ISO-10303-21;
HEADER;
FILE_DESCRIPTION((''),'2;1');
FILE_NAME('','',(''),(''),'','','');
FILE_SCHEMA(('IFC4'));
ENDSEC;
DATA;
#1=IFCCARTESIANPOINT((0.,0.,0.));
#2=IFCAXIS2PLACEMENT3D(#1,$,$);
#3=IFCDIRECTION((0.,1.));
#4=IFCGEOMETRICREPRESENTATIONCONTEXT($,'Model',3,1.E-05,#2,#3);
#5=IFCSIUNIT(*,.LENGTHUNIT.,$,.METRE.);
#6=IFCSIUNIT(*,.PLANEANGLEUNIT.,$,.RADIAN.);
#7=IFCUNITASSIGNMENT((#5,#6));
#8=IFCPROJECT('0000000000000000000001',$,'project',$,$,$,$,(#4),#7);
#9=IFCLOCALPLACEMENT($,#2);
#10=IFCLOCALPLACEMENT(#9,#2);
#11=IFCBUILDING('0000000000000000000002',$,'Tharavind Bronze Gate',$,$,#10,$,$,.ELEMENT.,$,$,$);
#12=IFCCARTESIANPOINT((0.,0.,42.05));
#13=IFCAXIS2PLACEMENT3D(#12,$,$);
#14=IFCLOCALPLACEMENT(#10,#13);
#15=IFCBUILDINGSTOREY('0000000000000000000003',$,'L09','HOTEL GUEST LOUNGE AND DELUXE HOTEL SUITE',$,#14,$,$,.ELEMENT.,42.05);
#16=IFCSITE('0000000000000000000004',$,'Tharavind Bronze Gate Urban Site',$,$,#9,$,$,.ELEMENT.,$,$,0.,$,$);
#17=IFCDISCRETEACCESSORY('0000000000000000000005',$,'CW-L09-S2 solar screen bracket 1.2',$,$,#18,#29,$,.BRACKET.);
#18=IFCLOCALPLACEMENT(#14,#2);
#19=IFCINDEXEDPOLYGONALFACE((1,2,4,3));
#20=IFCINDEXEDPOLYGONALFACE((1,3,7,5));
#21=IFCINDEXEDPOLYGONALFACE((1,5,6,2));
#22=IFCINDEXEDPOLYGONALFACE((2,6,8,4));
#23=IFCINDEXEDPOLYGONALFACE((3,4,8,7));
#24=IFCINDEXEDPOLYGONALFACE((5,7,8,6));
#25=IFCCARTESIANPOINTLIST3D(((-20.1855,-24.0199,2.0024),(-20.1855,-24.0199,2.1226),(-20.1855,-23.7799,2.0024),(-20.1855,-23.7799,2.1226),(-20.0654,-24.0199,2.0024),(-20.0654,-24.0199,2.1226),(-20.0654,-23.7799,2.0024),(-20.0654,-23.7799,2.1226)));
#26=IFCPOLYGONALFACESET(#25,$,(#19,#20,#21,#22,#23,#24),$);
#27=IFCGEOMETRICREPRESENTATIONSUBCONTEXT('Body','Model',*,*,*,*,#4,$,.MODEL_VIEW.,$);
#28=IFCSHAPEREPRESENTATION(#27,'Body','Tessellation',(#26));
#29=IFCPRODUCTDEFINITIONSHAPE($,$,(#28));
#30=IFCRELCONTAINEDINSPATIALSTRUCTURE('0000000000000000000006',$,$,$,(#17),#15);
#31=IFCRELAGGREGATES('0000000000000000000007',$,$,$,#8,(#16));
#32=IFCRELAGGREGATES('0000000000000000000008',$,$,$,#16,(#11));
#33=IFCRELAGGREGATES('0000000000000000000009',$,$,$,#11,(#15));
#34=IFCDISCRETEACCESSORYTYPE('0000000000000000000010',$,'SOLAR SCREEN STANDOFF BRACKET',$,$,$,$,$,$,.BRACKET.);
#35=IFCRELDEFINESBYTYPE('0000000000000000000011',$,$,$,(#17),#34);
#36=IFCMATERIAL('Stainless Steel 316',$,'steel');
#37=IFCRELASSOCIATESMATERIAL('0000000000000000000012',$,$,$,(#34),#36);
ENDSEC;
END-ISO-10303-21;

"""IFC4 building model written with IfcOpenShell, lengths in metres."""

from ifc_helpers import new_model, si_unit, direction, frame, origin, origin_2d, place, context, subcontext, project, spatial, rectangle, extrude, material, type_object, element, save


model = new_model("IFC4")

# Units and contexts
model_context = context("Model", 3, precision=1e-05, world=origin(), true_north=direction((0.0, 1.0)))
body_context = subcontext(model_context, "Body", "Model", "MODEL_VIEW")
ifc_project = project(units=[si_unit("LENGTHUNIT", "METRE"), si_unit("PLANEANGLEUNIT", "RADIAN")], contexts=[model_context])

# Site, building, storey
site_placement = place(None, origin())
site = spatial("IfcSite", under=ifc_project, at=site_placement, Name="Tharavind Bronze Gate Urban Site", CompositionType="ELEMENT", RefElevation=0.0)
building_placement = place(site_placement, origin())
building = spatial("IfcBuilding", under=site, at=building_placement, Name="Tharavind Bronze Gate", CompositionType="ELEMENT")
storey_placement = place(building_placement, frame((0.0, 0.0, 42.05)))
storey = spatial("IfcBuildingStorey", under=building, at=storey_placement, Name="L09", Description="HOTEL GUEST LOUNGE AND DELUXE HOTEL SUITE", CompositionType="ELEMENT", Elevation=42.05)

# Discrete accessory
ifc_material_1 = material(Name="Stainless Steel 316", Category="steel")
discrete_accessory_type = type_object("IfcDiscreteAccessoryType", Name="SOLAR SCREEN STANDOFF BRACKET", PredefinedType="BRACKET", material=ifc_material_1)
for number, where, z_axis, x_axis, name in (
    (1, (-20.1255, -23.8999, 2.0024), (0.0, 0.0, 1.0), (1.0, 0.0, 0.0), "CW-L09-S2 solar screen bracket 1.2"),
):
    element("IfcDiscreteAccessory", number, at=place(storey_placement, frame(where, z_axis=z_axis, x_axis=x_axis)), inside=storey, type_object=discrete_accessory_type, Name=name, PredefinedType="BRACKET", context=body_context, shape_type="SweptSolid", body=[
        extrude(rectangle(XDim=0.1201, YDim=0.24, at=origin_2d()), origin(), (0.0, 0.0, 1.0), 0.1201),
    ])

save(model, "model.ifc")
